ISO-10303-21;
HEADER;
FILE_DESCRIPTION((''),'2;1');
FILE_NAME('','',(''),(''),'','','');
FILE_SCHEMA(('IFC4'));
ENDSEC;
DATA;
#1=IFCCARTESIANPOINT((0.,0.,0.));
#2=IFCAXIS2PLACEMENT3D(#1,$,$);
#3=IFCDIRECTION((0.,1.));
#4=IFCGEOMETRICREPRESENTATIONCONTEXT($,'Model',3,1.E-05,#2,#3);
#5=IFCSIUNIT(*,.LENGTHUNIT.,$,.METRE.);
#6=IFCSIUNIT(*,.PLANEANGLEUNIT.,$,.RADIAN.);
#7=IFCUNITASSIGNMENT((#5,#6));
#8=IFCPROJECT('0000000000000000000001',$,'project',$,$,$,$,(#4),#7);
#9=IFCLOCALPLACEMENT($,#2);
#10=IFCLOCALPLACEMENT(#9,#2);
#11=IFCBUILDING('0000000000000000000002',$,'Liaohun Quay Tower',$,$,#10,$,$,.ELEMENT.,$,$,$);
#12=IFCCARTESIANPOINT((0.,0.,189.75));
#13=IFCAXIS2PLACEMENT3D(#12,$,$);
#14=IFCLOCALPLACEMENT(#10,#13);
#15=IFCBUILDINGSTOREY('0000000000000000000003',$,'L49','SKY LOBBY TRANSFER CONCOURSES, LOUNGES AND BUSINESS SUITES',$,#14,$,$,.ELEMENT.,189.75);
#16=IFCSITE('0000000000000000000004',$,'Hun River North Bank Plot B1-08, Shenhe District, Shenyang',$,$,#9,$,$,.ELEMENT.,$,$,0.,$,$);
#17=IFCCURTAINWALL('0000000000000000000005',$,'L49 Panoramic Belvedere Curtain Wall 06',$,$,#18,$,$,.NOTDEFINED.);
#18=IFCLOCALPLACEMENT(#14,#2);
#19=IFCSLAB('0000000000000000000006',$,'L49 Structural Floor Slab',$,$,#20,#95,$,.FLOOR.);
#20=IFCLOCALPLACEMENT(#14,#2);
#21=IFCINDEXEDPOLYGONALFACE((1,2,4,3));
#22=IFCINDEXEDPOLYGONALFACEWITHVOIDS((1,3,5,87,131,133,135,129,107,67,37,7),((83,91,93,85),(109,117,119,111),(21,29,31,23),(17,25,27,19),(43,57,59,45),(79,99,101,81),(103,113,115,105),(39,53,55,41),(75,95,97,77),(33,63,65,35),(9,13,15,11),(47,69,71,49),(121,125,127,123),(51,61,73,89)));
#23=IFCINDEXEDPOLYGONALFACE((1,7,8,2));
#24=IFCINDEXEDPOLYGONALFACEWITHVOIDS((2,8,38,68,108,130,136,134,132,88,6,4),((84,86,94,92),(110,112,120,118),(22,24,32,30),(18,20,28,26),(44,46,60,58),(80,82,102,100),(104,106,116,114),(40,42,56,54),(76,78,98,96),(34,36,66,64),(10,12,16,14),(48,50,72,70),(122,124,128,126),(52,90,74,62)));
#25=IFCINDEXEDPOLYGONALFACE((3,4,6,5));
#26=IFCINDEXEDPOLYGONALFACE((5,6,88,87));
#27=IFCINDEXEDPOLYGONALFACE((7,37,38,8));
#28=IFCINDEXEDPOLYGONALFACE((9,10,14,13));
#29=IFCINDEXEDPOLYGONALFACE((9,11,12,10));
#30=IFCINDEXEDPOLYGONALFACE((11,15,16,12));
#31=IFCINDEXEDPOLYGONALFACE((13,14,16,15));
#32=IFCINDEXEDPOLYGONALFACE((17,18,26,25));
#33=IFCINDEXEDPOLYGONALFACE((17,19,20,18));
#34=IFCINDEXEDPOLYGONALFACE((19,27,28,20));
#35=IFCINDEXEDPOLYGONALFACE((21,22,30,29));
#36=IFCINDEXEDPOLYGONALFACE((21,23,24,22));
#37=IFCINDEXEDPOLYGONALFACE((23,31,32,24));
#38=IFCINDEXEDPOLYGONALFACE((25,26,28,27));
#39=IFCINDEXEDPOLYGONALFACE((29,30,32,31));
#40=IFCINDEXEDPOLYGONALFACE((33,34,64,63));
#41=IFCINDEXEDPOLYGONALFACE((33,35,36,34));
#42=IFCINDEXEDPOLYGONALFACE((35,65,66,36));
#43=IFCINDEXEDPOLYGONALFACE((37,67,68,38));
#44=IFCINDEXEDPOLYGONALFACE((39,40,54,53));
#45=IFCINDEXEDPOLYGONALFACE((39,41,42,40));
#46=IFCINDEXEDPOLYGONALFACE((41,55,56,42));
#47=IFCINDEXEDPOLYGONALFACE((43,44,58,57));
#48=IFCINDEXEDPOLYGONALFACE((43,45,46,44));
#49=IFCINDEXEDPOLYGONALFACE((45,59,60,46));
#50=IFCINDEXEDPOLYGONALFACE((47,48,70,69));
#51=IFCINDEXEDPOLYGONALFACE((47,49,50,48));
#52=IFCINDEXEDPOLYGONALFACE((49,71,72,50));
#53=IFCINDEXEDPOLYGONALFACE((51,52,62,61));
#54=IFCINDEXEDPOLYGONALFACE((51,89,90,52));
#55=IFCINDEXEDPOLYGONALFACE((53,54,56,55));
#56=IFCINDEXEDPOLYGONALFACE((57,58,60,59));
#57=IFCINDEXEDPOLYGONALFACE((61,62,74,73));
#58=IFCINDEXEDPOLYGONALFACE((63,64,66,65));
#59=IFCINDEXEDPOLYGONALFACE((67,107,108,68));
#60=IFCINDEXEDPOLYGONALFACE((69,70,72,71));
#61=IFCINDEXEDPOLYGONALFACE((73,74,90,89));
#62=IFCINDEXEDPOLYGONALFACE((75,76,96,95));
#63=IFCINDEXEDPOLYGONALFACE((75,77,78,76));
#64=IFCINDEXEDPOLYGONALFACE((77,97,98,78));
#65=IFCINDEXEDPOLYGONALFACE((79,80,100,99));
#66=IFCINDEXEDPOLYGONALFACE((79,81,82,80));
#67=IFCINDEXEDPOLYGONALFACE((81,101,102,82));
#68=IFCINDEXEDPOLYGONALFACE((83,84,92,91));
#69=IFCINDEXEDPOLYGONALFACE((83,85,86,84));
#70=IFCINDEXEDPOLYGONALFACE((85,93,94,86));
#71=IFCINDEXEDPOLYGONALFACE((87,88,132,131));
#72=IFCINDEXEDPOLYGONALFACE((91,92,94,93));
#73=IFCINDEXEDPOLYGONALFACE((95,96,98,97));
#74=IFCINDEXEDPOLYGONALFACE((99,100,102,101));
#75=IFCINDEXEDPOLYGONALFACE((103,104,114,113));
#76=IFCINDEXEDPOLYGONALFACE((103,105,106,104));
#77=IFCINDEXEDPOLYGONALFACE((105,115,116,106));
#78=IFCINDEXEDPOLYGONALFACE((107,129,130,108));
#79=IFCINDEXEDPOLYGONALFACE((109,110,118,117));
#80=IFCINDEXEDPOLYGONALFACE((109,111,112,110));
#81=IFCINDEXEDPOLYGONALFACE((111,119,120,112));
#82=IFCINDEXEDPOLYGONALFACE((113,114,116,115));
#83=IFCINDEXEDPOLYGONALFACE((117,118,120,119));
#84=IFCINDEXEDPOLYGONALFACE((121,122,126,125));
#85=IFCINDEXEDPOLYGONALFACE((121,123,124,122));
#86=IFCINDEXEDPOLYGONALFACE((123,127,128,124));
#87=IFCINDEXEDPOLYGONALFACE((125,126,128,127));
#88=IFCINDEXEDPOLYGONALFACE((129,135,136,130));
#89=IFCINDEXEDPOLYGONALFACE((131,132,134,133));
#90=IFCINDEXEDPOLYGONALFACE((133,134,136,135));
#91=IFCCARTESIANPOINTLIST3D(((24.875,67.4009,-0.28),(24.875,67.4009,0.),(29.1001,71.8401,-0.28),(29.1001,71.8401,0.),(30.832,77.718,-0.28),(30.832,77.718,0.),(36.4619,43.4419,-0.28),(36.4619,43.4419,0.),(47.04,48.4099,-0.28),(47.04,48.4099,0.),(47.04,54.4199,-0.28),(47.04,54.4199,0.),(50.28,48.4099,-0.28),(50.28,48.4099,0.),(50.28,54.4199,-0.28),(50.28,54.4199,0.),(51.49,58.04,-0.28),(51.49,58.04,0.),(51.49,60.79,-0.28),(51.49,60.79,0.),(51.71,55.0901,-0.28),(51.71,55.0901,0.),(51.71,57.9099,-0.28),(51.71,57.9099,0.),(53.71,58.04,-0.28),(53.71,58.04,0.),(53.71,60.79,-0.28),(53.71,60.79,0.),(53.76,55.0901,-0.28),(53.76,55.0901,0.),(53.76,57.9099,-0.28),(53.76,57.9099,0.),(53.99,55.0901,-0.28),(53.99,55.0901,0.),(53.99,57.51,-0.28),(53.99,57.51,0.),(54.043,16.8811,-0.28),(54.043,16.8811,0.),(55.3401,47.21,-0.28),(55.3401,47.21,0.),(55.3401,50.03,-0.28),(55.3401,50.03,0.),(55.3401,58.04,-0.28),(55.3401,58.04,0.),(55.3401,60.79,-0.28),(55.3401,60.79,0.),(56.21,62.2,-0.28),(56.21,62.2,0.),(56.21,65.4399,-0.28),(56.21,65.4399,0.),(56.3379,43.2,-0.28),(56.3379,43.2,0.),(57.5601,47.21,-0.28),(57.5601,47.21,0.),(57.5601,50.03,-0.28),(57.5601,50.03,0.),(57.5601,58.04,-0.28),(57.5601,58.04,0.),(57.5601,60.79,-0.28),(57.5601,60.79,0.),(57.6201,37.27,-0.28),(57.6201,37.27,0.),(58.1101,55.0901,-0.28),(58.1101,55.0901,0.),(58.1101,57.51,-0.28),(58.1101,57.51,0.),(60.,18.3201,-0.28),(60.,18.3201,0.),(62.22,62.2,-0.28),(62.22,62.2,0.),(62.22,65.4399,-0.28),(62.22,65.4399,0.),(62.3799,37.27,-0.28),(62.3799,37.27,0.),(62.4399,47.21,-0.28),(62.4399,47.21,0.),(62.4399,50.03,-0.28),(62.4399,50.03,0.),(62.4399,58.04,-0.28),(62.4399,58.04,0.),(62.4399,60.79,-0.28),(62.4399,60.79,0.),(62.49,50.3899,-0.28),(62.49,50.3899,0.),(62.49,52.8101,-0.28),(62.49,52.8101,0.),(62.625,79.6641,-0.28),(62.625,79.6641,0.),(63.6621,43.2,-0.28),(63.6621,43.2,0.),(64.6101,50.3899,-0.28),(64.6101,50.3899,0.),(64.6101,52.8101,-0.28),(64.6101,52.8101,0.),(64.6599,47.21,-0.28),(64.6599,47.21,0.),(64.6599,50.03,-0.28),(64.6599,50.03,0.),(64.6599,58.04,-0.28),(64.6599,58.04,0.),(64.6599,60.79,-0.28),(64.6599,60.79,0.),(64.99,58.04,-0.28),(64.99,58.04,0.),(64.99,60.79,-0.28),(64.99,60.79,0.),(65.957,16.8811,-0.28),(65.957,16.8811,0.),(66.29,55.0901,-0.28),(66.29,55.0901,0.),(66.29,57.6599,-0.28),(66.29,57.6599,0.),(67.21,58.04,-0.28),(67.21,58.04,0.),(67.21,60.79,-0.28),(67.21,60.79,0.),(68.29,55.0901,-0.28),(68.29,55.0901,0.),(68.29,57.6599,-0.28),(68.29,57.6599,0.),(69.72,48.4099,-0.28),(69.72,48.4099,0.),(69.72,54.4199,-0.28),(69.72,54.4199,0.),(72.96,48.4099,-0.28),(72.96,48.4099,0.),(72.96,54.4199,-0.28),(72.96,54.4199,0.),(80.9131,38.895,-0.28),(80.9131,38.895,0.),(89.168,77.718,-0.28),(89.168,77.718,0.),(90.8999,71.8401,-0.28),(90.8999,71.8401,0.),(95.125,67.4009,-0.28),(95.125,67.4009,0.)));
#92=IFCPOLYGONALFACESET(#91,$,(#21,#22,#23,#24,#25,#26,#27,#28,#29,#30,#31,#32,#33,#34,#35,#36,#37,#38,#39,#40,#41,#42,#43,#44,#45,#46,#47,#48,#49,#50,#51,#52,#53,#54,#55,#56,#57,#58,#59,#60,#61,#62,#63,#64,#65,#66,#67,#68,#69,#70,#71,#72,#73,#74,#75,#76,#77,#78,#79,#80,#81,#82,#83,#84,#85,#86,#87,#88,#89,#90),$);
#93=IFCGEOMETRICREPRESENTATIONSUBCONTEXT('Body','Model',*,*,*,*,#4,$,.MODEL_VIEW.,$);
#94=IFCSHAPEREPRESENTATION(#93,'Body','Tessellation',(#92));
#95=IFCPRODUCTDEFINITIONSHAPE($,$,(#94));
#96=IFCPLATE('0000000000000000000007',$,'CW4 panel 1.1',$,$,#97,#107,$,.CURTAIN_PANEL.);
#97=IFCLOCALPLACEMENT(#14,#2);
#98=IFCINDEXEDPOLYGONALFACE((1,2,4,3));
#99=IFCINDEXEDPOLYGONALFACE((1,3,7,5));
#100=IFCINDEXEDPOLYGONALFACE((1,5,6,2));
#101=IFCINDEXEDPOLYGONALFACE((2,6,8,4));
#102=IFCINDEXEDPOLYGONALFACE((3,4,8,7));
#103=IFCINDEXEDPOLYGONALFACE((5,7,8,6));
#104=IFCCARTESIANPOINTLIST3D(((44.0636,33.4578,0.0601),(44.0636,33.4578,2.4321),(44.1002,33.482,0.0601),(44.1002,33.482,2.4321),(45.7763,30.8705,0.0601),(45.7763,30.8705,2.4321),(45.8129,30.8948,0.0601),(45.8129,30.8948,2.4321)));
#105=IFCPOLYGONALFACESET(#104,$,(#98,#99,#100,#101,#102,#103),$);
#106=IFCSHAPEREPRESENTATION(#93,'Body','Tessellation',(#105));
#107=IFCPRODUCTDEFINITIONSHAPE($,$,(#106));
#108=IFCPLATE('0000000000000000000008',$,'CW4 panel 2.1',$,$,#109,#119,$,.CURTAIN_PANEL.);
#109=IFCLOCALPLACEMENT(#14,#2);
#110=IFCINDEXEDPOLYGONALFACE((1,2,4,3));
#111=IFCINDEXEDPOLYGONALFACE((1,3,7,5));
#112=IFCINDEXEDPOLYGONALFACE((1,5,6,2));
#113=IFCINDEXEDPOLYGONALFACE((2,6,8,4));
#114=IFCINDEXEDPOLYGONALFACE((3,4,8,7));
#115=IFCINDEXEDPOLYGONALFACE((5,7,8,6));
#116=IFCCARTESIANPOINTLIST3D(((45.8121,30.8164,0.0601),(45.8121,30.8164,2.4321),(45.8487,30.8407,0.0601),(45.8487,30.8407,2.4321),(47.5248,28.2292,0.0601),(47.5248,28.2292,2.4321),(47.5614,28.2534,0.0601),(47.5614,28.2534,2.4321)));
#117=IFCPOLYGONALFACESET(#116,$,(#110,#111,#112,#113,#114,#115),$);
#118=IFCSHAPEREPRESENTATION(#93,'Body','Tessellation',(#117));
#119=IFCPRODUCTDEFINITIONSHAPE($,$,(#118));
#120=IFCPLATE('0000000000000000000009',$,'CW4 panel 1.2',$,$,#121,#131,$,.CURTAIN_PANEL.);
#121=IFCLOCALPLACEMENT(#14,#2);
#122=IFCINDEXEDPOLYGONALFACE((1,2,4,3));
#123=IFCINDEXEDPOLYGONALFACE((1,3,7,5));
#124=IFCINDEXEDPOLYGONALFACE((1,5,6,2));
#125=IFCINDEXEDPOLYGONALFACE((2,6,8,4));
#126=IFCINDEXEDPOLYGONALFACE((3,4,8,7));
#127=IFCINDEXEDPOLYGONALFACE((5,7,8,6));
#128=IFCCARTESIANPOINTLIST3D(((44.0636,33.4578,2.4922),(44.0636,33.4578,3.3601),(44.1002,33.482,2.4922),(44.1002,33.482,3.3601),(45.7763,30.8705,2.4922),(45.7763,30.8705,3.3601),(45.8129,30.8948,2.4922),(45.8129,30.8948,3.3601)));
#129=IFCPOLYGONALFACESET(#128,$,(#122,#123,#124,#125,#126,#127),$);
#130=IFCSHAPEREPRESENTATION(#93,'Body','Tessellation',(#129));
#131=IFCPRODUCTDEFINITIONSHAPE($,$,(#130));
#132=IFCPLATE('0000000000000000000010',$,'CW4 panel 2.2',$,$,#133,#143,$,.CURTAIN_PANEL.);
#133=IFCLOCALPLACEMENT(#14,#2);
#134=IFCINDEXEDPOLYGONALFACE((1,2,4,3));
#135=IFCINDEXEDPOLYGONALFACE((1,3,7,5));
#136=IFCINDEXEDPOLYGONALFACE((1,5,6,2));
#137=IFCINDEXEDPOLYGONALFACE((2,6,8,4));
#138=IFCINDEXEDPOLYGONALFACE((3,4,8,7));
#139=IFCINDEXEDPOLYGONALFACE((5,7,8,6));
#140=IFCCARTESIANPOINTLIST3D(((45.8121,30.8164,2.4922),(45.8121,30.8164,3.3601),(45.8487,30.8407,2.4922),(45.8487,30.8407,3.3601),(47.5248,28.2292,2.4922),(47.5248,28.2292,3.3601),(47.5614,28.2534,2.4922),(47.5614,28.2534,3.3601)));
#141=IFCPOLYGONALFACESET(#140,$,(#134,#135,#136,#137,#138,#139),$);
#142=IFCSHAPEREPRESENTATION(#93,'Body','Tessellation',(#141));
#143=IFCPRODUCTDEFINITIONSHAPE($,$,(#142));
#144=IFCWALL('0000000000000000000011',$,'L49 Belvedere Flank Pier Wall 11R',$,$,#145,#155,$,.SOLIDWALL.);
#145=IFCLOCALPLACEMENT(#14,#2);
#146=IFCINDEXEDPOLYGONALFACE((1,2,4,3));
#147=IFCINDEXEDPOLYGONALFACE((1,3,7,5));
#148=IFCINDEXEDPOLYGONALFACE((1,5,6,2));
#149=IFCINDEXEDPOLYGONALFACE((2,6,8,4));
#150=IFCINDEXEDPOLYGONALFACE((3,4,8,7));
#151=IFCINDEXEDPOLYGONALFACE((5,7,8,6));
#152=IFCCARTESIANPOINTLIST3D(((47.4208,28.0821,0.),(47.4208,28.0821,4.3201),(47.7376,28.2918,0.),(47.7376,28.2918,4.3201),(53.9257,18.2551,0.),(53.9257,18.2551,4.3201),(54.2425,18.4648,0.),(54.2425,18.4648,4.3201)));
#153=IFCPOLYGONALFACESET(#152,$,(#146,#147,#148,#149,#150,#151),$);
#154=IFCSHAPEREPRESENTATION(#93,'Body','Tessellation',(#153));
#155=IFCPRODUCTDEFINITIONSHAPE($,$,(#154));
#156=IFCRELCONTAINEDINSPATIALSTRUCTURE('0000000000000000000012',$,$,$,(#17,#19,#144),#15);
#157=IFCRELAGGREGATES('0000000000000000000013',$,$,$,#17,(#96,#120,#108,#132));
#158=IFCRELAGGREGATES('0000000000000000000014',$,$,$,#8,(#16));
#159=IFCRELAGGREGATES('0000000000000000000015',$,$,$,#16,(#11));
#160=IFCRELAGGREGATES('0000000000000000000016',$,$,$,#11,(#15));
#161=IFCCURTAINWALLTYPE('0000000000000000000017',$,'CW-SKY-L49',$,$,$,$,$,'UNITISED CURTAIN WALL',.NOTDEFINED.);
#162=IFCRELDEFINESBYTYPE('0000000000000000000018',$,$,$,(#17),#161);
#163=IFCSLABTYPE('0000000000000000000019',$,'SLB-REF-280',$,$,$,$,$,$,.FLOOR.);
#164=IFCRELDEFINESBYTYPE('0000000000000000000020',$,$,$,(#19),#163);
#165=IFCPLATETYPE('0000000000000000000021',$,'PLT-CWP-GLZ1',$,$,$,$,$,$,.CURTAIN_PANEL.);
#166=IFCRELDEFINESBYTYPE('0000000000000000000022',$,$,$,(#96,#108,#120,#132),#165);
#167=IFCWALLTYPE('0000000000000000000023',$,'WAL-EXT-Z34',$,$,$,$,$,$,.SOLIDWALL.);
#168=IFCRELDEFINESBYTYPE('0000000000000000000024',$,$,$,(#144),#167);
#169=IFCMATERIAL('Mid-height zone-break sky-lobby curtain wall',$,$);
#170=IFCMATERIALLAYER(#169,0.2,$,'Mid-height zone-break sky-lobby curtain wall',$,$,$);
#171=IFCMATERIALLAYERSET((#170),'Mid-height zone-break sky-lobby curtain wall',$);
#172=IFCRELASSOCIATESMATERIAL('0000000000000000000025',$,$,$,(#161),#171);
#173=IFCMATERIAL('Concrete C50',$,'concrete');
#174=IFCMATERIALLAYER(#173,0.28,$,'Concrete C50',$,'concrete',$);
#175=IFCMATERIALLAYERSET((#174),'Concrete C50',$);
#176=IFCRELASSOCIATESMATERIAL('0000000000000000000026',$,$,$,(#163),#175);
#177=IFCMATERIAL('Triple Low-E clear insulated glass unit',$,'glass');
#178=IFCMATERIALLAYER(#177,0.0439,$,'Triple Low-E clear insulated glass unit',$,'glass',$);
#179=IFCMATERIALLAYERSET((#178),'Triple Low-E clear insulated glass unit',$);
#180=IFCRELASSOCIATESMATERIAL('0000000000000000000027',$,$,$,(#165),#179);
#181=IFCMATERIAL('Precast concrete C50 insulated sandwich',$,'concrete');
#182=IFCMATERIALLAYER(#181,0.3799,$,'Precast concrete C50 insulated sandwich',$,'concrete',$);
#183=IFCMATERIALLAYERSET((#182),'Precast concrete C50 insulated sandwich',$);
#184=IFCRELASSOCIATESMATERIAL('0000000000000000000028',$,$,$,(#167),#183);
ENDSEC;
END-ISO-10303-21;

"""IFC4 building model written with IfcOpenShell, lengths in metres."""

from ifc_helpers import new_model, si_unit, direction, frame, frame_2d, origin, origin_2d, place, context, subcontext, project, spatial, polyline, rectangle, outline, extrude, source, transform, mapped, material, layer, layer_set, type_object, element, aggregate, save


model = new_model("IFC4")

# Units and contexts
model_context = context("Model", 3, precision=1e-05, world=origin(), true_north=direction((0.0, 1.0)))
body_context = subcontext(model_context, "Body", "Model", "MODEL_VIEW")
ifc_project = project(units=[si_unit("LENGTHUNIT", "METRE"), si_unit("PLANEANGLEUNIT", "RADIAN")], contexts=[model_context])

# Site, building, storey
site_placement = place(None, origin())
site = spatial("IfcSite", under=ifc_project, at=site_placement, Name="Hun River North Bank Plot B1-08, Shenhe District, Shenyang", CompositionType="ELEMENT", RefElevation=0.0)
building_placement = place(site_placement, origin())
building = spatial("IfcBuilding", under=site, at=building_placement, Name="Liaohun Quay Tower", CompositionType="ELEMENT")
storey_placement = place(building_placement, frame((0.0, 0.0, 189.75)))
storey = spatial("IfcBuildingStorey", under=building, at=storey_placement, Name="L49", Description="SKY LOBBY TRANSFER CONCOURSES, LOUNGES AND BUSINESS SUITES", CompositionType="ELEMENT", Elevation=189.75)

# Curtain wall
ifc_material_1 = material(Name="Mid-height zone-break sky-lobby curtain wall")
ifc_layer_1 = layer(ifc_material_1, 0.2, Name="Mid-height zone-break sky-lobby curtain wall")
ifc_layer_set_1 = layer_set([ifc_layer_1], Name="Mid-height zone-break sky-lobby curtain wall")
curtain_wall_type = type_object("IfcCurtainWallType", Name="CW-SKY-L49", ElementType="UNITISED CURTAIN WALL", PredefinedType="NOTDEFINED", material=ifc_layer_set_1)
curtain_wall_placement = place(storey_placement, origin())
curtain_wall = element("IfcCurtainWall", 1, at=curtain_wall_placement, inside=storey, type_object=curtain_wall_type, Name="L49 Panoramic Belvedere Curtain Wall 06", PredefinedType="NOTDEFINED")

# Slab
ifc_material_2 = material(Name="Concrete C50", Category="concrete")
ifc_layer_2 = layer(ifc_material_2, 0.28, Name="Concrete C50", Category="concrete")
ifc_layer_set_2 = layer_set([ifc_layer_2], Name="Concrete C50")
slab_type_1 = type_object("IfcSlabType", Name="SLB-REF-280", PredefinedType="FLOOR", material=ifc_layer_set_2)
slab_1_placement = place(storey_placement, frame((0.0, 0.0, -0.28)))
element("IfcSlab", 2, at=slab_1_placement, inside=storey, type_object=slab_type_1, Name="L49 Structural Floor Slab", PredefinedType="FLOOR", context=body_context, shape_type="SweptSolid", body=[
    extrude(outline(polyline([(54.043, 16.8811), (60.0, 18.3201), (65.957, 16.8811), (80.9131, 38.895), (95.125, 67.4009), (90.8999, 71.8401), (89.168, 77.718), (62.625, 79.6641), (30.832, 77.718), (29.1001, 71.8401), (24.875, 67.4009), (36.4619, 43.4419), (54.043, 16.8811)]), holes=[polyline([(57.5601, 50.03), (55.3401, 50.03), (55.3401, 47.21), (57.5601, 47.21), (57.5601, 50.03)]), polyline([(50.28, 54.4199), (47.04, 54.4199), (47.04, 48.4099), (50.28, 48.4099), (50.28, 54.4199)]), polyline([(53.99, 55.0901), (58.1101, 55.0901), (58.1101, 57.51), (53.99, 57.51), (53.99, 55.0901)]), polyline([(53.76, 55.0901), (53.76, 57.9099), (51.71, 57.9099), (51.71, 55.0901), (53.76, 55.0901)]), polyline([(53.71, 58.04), (53.71, 60.79), (51.49, 60.79), (51.49, 58.04), (53.71, 58.04)]), polyline([(57.5601, 58.04), (57.5601, 60.79), (55.3401, 60.79), (55.3401, 58.04), (57.5601, 58.04)]), polyline([(62.22, 62.2), (62.22, 65.4399), (56.21, 65.4399), (56.21, 62.2), (62.22, 62.2)]), polyline([(62.3799, 37.27), (63.6621, 43.2), (56.3379, 43.2), (57.6201, 37.27), (62.3799, 37.27)]), polyline([(64.6599, 47.21), (64.6599, 50.03), (62.4399, 50.03), (62.4399, 47.21), (64.6599, 47.21)]), polyline([(72.96, 54.4199), (69.72, 54.4199), (69.72, 48.4099), (72.96, 48.4099), (72.96, 54.4199)]), polyline([(64.6101, 50.3899), (64.6101, 52.8101), (62.49, 52.8101), (62.49, 50.3899), (64.6101, 50.3899)]), polyline([(68.29, 55.0901), (68.29, 57.6599), (66.29, 57.6599), (66.29, 55.0901), (68.29, 55.0901)]), polyline([(64.6599, 58.04), (64.6599, 60.79), (62.4399, 60.79), (62.4399, 58.04), (64.6599, 58.04)]), polyline([(67.21, 58.04), (67.21, 60.79), (64.99, 60.79), (64.99, 58.04), (67.21, 58.04)])]), origin(), (0.0, 0.0, 1.0), 0.28),
])

# Plates
ifc_material_3 = material(Name="Triple Low-E clear insulated glass unit", Category="glass")
ifc_layer_3 = layer(ifc_material_3, 0.0439, Name="Triple Low-E clear insulated glass unit", Category="glass")
ifc_layer_set_3 = layer_set([ifc_layer_3], Name="Triple Low-E clear insulated glass unit")
plate_type = type_object("IfcPlateType", Name="PLT-CWP-GLZ1", PredefinedType="CURTAIN_PANEL", material=ifc_layer_set_3)
shared_shape_1 = source(origin(), body_context, "Body", "SweptSolid", [
    extrude(rectangle(XDim=3.1028, YDim=0.0439, at=origin_2d()), origin(), (0.0, 0.0, 1.0), 2.3721),
])
plate_1_placement = place(storey_placement, frame((44.9382, 32.1763, 0.0601), z_axis=(0.0, 0.0, 1.0), x_axis=(0.551993, -0.833849, 0.0)))
plate_1 = element("IfcPlate", 3, at=plate_1_placement, type_object=plate_type, Name="CW4 panel 1.1", PredefinedType="CURTAIN_PANEL", context=body_context, shape_type="MappedRepresentation", body=[
    mapped(shared_shape_1, transform((0.0, 0.0, 0.0), x_axis=(1.0, 0.0, 0.0), y_axis=(0.0, 1.0, 0.0), z_axis=(0.0, 0.0, 1.0), scale=1.0)),
])
plate_2_placement = place(storey_placement, frame((46.6868, 29.5349, 0.0601), z_axis=(0.0, 0.0, 1.0), x_axis=(0.551993, -0.833849, 0.0)))
plate_2 = element("IfcPlate", 4, at=plate_2_placement, type_object=plate_type, Name="CW4 panel 2.1", PredefinedType="CURTAIN_PANEL", context=body_context, shape_type="MappedRepresentation", body=[
    mapped(shared_shape_1, transform((0.0, 0.0, 0.0), x_axis=(1.0, 0.0, 0.0), y_axis=(0.0, 1.0, 0.0), z_axis=(0.0, 0.0, 1.0), scale=1.0)),
])
shared_shape_2 = source(origin(), body_context, "Body", "SweptSolid", [
    extrude(rectangle(XDim=3.1028, YDim=0.0439, at=origin_2d()), origin(), (0.0, 0.0, 1.0), 0.8679),
])
plate_3_placement = place(storey_placement, frame((44.9382, 32.1763, 2.4922), z_axis=(0.0, 0.0, 1.0), x_axis=(0.551993, -0.833849, 0.0)))
plate_3 = element("IfcPlate", 5, at=plate_3_placement, type_object=plate_type, Name="CW4 panel 1.2", PredefinedType="CURTAIN_PANEL", context=body_context, shape_type="MappedRepresentation", body=[
    mapped(shared_shape_2, transform((0.0, 0.0, 0.0), x_axis=(1.0, 0.0, 0.0), y_axis=(0.0, 1.0, 0.0), z_axis=(0.0, 0.0, 1.0), scale=1.0)),
])
plate_4_placement = place(storey_placement, frame((46.6868, 29.5349, 2.4922), z_axis=(0.0, 0.0, 1.0), x_axis=(0.551993, -0.833849, 0.0)))
plate_4 = element("IfcPlate", 6, at=plate_4_placement, type_object=plate_type, Name="CW4 panel 2.2", PredefinedType="CURTAIN_PANEL", context=body_context, shape_type="MappedRepresentation", body=[
    mapped(shared_shape_2, transform((0.0, 0.0, 0.0), x_axis=(1.0, 0.0, 0.0), y_axis=(0.0, 1.0, 0.0), z_axis=(0.0, 0.0, 1.0), scale=1.0)),
])
aggregate(curtain_wall, [plate_1, plate_3, plate_2, plate_4])

# Wall
ifc_material_4 = material(Name="Precast concrete C50 insulated sandwich", Category="concrete")
ifc_layer_4 = layer(ifc_material_4, 0.3799, Name="Precast concrete C50 insulated sandwich", Category="concrete")
ifc_layer_set_4 = layer_set([ifc_layer_4], Name="Precast concrete C50 insulated sandwich")
wall_type = type_object("IfcWallType", Name="WAL-EXT-Z34", PredefinedType="SOLIDWALL", material=ifc_layer_set_4)
wall_placement = place(storey_placement, frame((47.5791, 28.187, 0.0), z_axis=(0.0, 0.0, 1.0), x_axis=(0.551972, -0.833863, 0.0)))
element("IfcWall", 7, at=wall_placement, inside=storey, type_object=wall_type, Name="L49 Belvedere Flank Pier Wall 11R", PredefinedType="SOLIDWALL", context=body_context, shape_type="SweptSolid", body=[
    extrude(rectangle(XDim=11.7849, YDim=0.3799, at=frame_2d((5.8926, 0.0))), origin(), (0.0, 0.0, 1.0), 4.3201),
])

save(model, "model.ifc")
